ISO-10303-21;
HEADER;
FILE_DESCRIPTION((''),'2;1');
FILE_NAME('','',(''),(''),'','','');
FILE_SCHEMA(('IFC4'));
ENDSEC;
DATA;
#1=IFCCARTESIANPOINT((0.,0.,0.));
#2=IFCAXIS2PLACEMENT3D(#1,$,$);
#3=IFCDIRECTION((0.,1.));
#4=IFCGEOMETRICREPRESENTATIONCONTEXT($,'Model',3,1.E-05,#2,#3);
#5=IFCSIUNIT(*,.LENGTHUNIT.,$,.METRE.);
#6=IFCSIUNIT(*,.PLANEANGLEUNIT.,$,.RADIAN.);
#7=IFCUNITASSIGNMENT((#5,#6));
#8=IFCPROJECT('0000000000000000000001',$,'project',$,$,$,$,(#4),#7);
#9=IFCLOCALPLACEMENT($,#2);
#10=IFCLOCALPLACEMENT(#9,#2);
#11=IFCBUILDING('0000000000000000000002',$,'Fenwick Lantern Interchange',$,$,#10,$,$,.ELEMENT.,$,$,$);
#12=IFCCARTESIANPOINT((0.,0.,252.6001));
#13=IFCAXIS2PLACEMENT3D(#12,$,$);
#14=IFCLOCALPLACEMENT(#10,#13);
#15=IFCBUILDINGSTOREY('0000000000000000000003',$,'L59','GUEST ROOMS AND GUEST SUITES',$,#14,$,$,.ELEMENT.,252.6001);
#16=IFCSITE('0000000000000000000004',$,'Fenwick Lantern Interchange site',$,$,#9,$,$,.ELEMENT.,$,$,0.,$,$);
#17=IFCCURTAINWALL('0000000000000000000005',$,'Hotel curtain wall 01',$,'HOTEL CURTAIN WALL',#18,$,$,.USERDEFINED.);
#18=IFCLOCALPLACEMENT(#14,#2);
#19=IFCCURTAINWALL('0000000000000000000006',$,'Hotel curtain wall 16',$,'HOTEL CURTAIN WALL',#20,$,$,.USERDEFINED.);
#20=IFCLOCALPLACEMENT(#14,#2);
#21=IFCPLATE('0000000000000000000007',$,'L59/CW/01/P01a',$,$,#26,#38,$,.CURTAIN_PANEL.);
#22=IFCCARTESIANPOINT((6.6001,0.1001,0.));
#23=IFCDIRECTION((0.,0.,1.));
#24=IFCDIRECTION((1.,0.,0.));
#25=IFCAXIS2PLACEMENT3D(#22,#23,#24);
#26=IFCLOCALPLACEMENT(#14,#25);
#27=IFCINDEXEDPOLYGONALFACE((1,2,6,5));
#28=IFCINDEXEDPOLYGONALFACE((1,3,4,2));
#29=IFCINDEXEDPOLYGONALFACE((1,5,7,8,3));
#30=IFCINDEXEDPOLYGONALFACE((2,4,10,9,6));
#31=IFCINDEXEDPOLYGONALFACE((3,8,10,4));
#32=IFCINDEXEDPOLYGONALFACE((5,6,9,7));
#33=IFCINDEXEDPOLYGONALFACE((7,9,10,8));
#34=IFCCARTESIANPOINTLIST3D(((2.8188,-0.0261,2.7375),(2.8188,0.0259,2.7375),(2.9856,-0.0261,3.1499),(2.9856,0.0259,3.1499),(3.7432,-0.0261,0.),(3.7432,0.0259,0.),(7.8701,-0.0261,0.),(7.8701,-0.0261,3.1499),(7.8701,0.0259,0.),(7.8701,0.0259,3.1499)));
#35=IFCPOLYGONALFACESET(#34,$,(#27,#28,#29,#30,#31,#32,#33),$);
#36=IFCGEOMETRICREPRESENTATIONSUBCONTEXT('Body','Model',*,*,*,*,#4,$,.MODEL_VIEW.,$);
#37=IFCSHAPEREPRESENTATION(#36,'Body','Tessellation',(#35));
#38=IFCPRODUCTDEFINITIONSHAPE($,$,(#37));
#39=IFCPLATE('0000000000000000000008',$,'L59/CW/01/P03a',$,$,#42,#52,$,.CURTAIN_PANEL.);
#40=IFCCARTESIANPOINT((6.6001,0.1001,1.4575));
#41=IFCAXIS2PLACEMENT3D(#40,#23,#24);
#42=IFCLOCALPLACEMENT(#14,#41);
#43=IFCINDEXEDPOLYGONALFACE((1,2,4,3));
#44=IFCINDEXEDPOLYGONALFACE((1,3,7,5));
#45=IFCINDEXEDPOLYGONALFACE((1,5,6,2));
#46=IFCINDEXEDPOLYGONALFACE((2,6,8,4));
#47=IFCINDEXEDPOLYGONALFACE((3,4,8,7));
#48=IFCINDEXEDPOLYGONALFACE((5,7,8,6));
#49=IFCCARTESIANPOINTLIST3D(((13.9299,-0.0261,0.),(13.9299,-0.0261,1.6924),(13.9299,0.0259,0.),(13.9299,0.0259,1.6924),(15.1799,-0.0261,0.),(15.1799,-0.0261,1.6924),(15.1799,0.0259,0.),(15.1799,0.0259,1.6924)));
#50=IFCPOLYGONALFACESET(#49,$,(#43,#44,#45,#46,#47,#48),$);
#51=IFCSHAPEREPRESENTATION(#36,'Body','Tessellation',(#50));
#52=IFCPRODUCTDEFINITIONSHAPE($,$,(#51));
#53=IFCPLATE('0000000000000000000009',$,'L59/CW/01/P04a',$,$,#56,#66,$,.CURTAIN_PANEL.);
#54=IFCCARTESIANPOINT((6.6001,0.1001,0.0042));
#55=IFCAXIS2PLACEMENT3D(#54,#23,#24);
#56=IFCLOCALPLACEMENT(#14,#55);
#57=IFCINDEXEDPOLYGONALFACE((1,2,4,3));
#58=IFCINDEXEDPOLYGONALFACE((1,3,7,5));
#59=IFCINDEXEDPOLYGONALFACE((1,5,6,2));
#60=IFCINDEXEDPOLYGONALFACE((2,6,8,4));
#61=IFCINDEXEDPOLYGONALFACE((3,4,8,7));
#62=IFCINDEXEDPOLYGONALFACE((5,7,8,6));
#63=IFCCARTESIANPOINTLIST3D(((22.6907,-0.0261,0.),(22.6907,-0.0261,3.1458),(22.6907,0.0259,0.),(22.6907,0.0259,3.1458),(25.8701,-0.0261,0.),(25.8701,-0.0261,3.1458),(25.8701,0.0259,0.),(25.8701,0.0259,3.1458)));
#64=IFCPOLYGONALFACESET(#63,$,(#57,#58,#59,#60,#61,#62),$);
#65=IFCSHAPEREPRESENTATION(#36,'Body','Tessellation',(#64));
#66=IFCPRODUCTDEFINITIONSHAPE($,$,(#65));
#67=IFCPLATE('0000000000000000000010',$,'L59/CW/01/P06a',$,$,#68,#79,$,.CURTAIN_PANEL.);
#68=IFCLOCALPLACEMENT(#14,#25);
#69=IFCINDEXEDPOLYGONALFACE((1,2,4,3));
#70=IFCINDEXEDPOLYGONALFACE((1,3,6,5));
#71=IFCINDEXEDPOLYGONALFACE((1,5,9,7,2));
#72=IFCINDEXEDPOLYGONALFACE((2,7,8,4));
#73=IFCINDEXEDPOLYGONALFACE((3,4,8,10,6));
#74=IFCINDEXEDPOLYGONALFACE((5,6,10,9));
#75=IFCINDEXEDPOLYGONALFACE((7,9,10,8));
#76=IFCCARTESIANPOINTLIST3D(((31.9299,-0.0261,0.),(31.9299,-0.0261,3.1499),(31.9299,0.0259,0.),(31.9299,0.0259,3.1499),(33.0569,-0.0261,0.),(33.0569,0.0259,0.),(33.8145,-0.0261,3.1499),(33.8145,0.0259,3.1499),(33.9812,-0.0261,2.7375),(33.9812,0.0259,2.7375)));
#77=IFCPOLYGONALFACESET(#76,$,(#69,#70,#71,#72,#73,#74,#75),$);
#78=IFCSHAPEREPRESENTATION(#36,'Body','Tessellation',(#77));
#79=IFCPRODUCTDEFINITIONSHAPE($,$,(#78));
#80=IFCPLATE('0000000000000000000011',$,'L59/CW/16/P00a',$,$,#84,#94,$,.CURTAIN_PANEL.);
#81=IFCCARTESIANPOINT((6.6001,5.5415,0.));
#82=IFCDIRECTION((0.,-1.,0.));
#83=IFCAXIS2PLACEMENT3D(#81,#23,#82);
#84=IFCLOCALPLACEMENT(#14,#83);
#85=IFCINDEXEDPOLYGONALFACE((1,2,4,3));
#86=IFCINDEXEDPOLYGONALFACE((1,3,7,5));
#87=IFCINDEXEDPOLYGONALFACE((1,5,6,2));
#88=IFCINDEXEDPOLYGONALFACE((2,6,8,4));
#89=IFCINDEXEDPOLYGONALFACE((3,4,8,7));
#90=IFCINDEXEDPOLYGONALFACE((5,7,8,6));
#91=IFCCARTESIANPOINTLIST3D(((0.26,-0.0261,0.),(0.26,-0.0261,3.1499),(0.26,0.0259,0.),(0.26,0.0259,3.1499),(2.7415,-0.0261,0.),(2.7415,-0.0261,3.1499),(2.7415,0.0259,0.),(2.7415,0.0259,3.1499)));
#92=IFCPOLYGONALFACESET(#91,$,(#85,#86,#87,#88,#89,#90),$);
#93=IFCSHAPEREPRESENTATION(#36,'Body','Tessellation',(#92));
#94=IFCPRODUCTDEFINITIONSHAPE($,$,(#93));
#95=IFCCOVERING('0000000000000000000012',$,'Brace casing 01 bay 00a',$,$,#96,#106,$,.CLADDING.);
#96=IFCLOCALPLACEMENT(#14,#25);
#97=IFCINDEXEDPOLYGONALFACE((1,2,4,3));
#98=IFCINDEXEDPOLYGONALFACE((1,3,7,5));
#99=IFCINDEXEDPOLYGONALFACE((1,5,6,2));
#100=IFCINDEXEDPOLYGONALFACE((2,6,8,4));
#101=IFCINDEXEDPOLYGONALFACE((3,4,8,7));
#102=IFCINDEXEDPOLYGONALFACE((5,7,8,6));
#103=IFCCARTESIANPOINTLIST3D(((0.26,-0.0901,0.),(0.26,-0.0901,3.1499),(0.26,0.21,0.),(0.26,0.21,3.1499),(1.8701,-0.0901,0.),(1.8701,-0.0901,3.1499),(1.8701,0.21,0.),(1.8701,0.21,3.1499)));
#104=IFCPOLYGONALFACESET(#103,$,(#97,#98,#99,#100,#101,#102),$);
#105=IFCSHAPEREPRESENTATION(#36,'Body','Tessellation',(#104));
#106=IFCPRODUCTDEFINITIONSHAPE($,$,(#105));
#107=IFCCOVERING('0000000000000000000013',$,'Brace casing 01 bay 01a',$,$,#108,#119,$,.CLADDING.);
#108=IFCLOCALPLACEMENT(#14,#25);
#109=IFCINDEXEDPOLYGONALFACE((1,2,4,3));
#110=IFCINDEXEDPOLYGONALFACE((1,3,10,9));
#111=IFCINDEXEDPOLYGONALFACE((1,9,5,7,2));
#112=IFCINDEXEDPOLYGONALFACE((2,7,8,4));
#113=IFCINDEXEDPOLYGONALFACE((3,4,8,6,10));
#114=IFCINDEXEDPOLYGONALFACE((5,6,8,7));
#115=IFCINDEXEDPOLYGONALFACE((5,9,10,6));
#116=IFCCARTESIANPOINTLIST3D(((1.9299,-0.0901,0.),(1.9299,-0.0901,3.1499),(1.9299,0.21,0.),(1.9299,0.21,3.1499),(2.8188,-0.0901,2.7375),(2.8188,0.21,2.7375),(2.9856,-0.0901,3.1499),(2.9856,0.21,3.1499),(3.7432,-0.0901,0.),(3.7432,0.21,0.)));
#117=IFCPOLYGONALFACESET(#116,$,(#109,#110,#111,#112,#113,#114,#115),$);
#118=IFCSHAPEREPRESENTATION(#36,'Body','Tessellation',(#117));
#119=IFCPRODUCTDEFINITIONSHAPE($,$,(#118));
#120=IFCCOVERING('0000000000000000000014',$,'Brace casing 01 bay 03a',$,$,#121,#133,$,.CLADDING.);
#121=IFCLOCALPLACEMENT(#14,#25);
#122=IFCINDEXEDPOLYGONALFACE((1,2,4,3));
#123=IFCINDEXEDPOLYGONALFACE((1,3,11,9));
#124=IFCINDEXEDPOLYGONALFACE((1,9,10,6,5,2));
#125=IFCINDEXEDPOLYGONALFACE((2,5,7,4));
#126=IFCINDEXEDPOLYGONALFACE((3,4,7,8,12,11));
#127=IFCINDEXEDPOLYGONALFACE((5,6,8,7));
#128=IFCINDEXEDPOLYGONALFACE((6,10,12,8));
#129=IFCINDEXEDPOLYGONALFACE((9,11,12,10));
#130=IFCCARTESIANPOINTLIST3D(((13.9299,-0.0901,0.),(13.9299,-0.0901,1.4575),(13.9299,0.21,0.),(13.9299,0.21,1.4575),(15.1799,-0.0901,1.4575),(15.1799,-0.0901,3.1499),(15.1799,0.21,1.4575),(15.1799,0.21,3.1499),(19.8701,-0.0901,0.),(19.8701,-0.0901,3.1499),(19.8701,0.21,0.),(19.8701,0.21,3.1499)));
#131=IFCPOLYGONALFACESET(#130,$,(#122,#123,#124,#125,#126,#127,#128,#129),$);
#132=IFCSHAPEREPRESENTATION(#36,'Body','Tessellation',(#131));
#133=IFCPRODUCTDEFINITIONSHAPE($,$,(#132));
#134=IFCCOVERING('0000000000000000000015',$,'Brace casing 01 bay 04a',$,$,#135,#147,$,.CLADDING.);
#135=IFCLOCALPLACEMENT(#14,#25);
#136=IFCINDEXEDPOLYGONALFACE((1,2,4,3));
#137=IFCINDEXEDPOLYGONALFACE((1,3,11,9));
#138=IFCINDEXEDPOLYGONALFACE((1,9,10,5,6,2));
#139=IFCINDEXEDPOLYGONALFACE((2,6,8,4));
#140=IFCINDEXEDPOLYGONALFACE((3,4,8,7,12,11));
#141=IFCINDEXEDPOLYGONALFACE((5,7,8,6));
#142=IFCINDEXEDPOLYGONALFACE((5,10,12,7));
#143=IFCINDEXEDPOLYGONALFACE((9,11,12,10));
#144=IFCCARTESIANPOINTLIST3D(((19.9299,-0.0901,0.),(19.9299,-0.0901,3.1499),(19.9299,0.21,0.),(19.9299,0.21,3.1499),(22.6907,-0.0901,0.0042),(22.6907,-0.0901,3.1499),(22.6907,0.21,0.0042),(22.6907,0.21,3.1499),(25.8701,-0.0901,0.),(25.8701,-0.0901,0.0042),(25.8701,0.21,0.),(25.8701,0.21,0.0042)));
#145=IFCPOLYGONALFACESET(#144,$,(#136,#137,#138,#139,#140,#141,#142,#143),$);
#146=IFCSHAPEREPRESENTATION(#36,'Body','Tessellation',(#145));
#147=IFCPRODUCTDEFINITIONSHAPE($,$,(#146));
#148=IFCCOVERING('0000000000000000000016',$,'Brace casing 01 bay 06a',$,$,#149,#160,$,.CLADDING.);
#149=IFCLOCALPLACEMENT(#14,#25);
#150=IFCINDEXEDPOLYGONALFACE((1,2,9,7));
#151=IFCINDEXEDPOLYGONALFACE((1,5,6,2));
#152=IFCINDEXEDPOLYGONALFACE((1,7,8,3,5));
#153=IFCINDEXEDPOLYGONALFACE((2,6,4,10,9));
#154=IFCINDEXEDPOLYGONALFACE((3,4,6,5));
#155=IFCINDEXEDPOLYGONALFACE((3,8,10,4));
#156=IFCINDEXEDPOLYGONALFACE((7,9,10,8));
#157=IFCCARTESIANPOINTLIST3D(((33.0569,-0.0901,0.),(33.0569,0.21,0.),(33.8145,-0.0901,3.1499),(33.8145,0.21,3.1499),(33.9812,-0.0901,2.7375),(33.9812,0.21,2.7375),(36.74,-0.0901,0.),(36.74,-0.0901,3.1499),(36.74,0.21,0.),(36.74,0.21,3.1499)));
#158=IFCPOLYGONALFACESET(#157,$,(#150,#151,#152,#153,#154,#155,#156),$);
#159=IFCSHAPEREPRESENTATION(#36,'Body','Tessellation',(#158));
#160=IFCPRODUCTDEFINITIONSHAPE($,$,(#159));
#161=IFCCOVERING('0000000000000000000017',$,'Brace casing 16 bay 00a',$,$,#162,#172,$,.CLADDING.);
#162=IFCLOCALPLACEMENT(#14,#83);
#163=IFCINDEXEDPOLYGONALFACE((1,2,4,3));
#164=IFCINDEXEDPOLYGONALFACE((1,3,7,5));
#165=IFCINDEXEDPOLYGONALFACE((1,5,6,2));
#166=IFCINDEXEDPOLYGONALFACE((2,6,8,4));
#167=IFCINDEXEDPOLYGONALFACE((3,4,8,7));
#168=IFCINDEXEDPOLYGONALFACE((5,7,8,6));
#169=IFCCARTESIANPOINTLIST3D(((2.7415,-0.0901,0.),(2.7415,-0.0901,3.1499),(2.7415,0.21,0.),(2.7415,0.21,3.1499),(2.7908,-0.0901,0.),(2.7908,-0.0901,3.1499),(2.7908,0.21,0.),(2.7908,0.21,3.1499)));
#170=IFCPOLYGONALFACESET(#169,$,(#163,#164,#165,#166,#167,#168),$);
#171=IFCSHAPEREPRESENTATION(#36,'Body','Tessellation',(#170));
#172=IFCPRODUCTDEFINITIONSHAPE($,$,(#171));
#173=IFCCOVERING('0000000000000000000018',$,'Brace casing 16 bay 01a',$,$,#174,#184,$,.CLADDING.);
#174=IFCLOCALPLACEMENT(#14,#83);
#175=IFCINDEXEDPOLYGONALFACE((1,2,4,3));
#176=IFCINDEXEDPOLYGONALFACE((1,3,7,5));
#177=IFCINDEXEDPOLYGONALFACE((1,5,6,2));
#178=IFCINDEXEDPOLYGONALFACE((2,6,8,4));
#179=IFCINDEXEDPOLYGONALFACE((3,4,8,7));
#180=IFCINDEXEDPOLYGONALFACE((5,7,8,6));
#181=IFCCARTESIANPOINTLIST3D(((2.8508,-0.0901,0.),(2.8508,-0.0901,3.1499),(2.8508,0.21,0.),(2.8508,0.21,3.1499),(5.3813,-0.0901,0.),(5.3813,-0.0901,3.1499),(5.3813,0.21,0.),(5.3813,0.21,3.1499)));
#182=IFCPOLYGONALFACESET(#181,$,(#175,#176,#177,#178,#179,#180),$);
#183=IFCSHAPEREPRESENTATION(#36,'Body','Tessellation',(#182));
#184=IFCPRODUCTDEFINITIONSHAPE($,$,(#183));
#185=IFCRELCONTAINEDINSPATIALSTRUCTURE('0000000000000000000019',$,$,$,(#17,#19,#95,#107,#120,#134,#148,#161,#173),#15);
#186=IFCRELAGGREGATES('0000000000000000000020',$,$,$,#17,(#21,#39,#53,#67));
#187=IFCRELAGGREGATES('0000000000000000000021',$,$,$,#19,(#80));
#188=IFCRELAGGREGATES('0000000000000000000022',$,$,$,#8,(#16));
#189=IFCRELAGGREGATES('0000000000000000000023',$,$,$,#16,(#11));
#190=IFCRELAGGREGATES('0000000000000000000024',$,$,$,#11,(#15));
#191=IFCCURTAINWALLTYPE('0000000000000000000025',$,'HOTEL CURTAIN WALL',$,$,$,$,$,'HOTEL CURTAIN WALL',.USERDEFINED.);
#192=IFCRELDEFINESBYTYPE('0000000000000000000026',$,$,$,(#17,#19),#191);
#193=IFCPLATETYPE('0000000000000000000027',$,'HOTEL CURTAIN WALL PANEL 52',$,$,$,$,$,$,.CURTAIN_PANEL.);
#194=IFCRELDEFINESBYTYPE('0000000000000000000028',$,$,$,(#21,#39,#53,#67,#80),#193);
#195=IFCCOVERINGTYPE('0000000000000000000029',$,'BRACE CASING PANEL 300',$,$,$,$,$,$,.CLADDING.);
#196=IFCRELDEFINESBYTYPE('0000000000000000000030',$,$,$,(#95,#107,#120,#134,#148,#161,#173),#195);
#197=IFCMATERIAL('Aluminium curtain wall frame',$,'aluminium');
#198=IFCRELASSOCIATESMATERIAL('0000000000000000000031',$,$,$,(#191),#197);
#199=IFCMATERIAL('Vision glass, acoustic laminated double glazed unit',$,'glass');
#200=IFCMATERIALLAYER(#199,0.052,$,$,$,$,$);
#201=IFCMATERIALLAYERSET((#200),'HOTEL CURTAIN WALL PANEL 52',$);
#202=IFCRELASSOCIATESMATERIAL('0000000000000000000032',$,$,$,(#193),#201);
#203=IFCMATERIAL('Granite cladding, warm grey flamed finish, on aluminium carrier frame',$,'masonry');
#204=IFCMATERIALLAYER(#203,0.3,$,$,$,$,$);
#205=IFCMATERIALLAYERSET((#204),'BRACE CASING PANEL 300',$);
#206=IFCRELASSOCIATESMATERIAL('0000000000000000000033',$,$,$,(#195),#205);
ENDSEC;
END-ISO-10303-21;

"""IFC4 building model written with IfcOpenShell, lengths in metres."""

from ifc_helpers import new_model, si_unit, direction, frame, origin, place, context, subcontext, project, spatial, polyline, outline, extrude, material, layer, layer_set, type_object, element, aggregate, save


model = new_model("IFC4")

# Units and contexts
model_context = context("Model", 3, precision=1e-05, world=origin(), true_north=direction((0.0, 1.0)))
body_context = subcontext(model_context, "Body", "Model", "MODEL_VIEW")
ifc_project = project(units=[si_unit("LENGTHUNIT", "METRE"), si_unit("PLANEANGLEUNIT", "RADIAN")], contexts=[model_context])

# Site, building, storey
site_placement = place(None, origin())
site = spatial("IfcSite", under=ifc_project, at=site_placement, Name="Fenwick Lantern Interchange site", CompositionType="ELEMENT", RefElevation=0.0)
building_placement = place(site_placement, origin())
building = spatial("IfcBuilding", under=site, at=building_placement, Name="Fenwick Lantern Interchange", CompositionType="ELEMENT")
storey_placement = place(building_placement, frame((0.0, 0.0, 252.6001)))
storey = spatial("IfcBuildingStorey", under=building, at=storey_placement, Name="L59", Description="GUEST ROOMS AND GUEST SUITES", CompositionType="ELEMENT", Elevation=252.6001)

# Curtain wall
ifc_material_1 = material(Name="Aluminium curtain wall frame", Category="aluminium")
curtain_wall_type = type_object("IfcCurtainWallType", Name="HOTEL CURTAIN WALL", ElementType="HOTEL CURTAIN WALL", PredefinedType="USERDEFINED", material=ifc_material_1)
curtain_wall_1_placement = place(storey_placement, origin())
curtain_wall_1 = element("IfcCurtainWall", 1, at=curtain_wall_1_placement, inside=storey, type_object=curtain_wall_type, Name="Hotel curtain wall 01", ObjectType="HOTEL CURTAIN WALL", PredefinedType="USERDEFINED")

# Curtain wall
curtain_wall_2_placement = place(storey_placement, origin())
curtain_wall_2 = element("IfcCurtainWall", 2, at=curtain_wall_2_placement, inside=storey, type_object=curtain_wall_type, Name="Hotel curtain wall 16", ObjectType="HOTEL CURTAIN WALL", PredefinedType="USERDEFINED")

# Plates
ifc_material_2 = material(Name="Vision glass, acoustic laminated double glazed unit", Category="glass")
ifc_layer_1 = layer(ifc_material_2, 0.052)
ifc_layer_set_1 = layer_set([ifc_layer_1], Name="HOTEL CURTAIN WALL PANEL 52")
plate_type = type_object("IfcPlateType", Name="HOTEL CURTAIN WALL PANEL 52", PredefinedType="CURTAIN_PANEL", material=ifc_layer_set_1)
plate_1_placement = place(storey_placement, frame((6.6001, 0.1001, 0.0), z_axis=(0.0, 0.0, 1.0), x_axis=(1.0, 0.0, 0.0)))
plate_1 = element("IfcPlate", 3, at=plate_1_placement, type_object=plate_type, Name="L59/CW/01/P01a", PredefinedType="CURTAIN_PANEL", context=body_context, shape_type="SweptSolid", body=[
    extrude(outline(polyline([(3.7432, 0.0), (7.8701, 0.0), (7.8701, 3.1499), (2.9856, 3.1499), (2.8188, 2.7375), (3.7432, 0.0)])), frame((0.0, 0.0259, 0.0), z_axis=(0.0, -1.0, 0.0), x_axis=(1.0, 0.0, 0.0)), (0.0, 0.0, 1.0), 0.052),
])
plate_2_placement = place(storey_placement, frame((6.6001, 0.1001, 1.4575), z_axis=(0.0, 0.0, 1.0), x_axis=(1.0, 0.0, 0.0)))
plate_2 = element("IfcPlate", 4, at=plate_2_placement, type_object=plate_type, Name="L59/CW/01/P03a", PredefinedType="CURTAIN_PANEL", context=body_context, shape_type="SweptSolid", body=[
    extrude(outline(polyline([(13.9299, 0.0), (15.1799, 0.0), (15.1799, 1.6924), (13.9299, 1.6924), (13.9299, 0.0)])), frame((0.0, 0.0259, 0.0), z_axis=(0.0, -1.0, 0.0), x_axis=(1.0, 0.0, 0.0)), (0.0, 0.0, 1.0), 0.052),
])
plate_3_placement = place(storey_placement, frame((6.6001, 0.1001, 0.0042), z_axis=(0.0, 0.0, 1.0), x_axis=(1.0, 0.0, 0.0)))
plate_3 = element("IfcPlate", 5, at=plate_3_placement, type_object=plate_type, Name="L59/CW/01/P04a", PredefinedType="CURTAIN_PANEL", context=body_context, shape_type="SweptSolid", body=[
    extrude(outline(polyline([(22.6907, 0.0), (25.8701, 0.0), (25.8701, 3.1458), (22.6907, 3.1458), (22.6907, 0.0)])), frame((0.0, 0.0259, 0.0), z_axis=(0.0, -1.0, 0.0), x_axis=(1.0, 0.0, 0.0)), (0.0, 0.0, 1.0), 0.052),
])
plate_4_placement = place(storey_placement, frame((6.6001, 0.1001, 0.0), z_axis=(0.0, 0.0, 1.0), x_axis=(1.0, 0.0, 0.0)))
plate_4 = element("IfcPlate", 6, at=plate_4_placement, type_object=plate_type, Name="L59/CW/01/P06a", PredefinedType="CURTAIN_PANEL", context=body_context, shape_type="SweptSolid", body=[
    extrude(outline(polyline([(31.9299, 0.0), (33.0569, 0.0), (33.9812, 2.7375), (33.8145, 3.1499), (31.9299, 3.1499), (31.9299, 0.0)])), frame((0.0, 0.0259, 0.0), z_axis=(0.0, -1.0, 0.0), x_axis=(1.0, 0.0, 0.0)), (0.0, 0.0, 1.0), 0.052),
])
aggregate(curtain_wall_1, [plate_1, plate_2, plate_3, plate_4])
plate_5_placement = place(storey_placement, frame((6.6001, 5.5415, 0.0), z_axis=(0.0, 0.0, 1.0), x_axis=(0.0, -1.0, 0.0)))
plate_5 = element("IfcPlate", 7, at=plate_5_placement, type_object=plate_type, Name="L59/CW/16/P00a", PredefinedType="CURTAIN_PANEL", context=body_context, shape_type="SweptSolid", body=[
    extrude(outline(polyline([(0.26, 0.0), (2.7415, 0.0), (2.7415, 3.1499), (0.26, 3.1499), (0.26, 0.0)])), frame((0.0, 0.0259, 0.0), z_axis=(0.0, -1.0, 0.0), x_axis=(1.0, 0.0, 0.0)), (0.0, 0.0, 1.0), 0.052),
])
aggregate(curtain_wall_2, [plate_5])

# Coverings
ifc_material_3 = material(Name="Granite cladding, warm grey flamed finish, on aluminium carrier frame", Category="masonry")
ifc_layer_2 = layer(ifc_material_3, 0.3)
ifc_layer_set_2 = layer_set([ifc_layer_2], Name="BRACE CASING PANEL 300")
covering_type_1 = type_object("IfcCoveringType", Name="BRACE CASING PANEL 300", PredefinedType="CLADDING", material=ifc_layer_set_2)
covering_1_placement = place(storey_placement, frame((6.6001, 0.1001, 0.0), z_axis=(0.0, 0.0, 1.0), x_axis=(1.0, 0.0, 0.0)))
element("IfcCovering", 8, at=covering_1_placement, inside=storey, type_object=covering_type_1, Name="Brace casing 01 bay 00a", PredefinedType="CLADDING", context=body_context, shape_type="SweptSolid", body=[
    extrude(outline(polyline([(0.26, 0.0), (1.8701, 0.0), (1.8701, 3.1499), (0.26, 3.1499), (0.26, 0.0)])), frame((0.0, 0.21, 0.0), z_axis=(0.0, -1.0, 0.0), x_axis=(1.0, 0.0, 0.0)), (0.0, 0.0, 1.0), 0.3),
])
covering_2_placement = place(storey_placement, frame((6.6001, 0.1001, 0.0), z_axis=(0.0, 0.0, 1.0), x_axis=(1.0, 0.0, 0.0)))
element("IfcCovering", 9, at=covering_2_placement, inside=storey, type_object=covering_type_1, Name="Brace casing 01 bay 01a", PredefinedType="CLADDING", context=body_context, shape_type="SweptSolid", body=[
    extrude(outline(polyline([(1.9299, 0.0), (3.7432, 0.0), (2.8188, 2.7375), (2.9856, 3.1499), (1.9299, 3.1499), (1.9299, 0.0)])), frame((0.0, 0.21, 0.0), z_axis=(0.0, -1.0, 0.0), x_axis=(1.0, 0.0, 0.0)), (0.0, 0.0, 1.0), 0.3),
])
covering_3_placement = place(storey_placement, frame((6.6001, 0.1001, 0.0), z_axis=(0.0, 0.0, 1.0), x_axis=(1.0, 0.0, 0.0)))
element("IfcCovering", 10, at=covering_3_placement, inside=storey, type_object=covering_type_1, Name="Brace casing 01 bay 03a", PredefinedType="CLADDING", context=body_context, shape_type="SweptSolid", body=[
    extrude(outline(polyline([(13.9299, 0.0), (19.8701, 0.0), (19.8701, 3.1499), (15.1799, 3.1499), (15.1799, 1.4575), (13.9299, 1.4575), (13.9299, 0.0)])), frame((0.0, 0.21, 0.0), z_axis=(0.0, -1.0, 0.0), x_axis=(1.0, 0.0, 0.0)), (0.0, 0.0, 1.0), 0.3),
])
covering_4_placement = place(storey_placement, frame((6.6001, 0.1001, 0.0), z_axis=(0.0, 0.0, 1.0), x_axis=(1.0, 0.0, 0.0)))
element("IfcCovering", 11, at=covering_4_placement, inside=storey, type_object=covering_type_1, Name="Brace casing 01 bay 04a", PredefinedType="CLADDING", context=body_context, shape_type="SweptSolid", body=[
    extrude(outline(polyline([(19.9299, 0.0), (25.8701, 0.0), (25.8701, 0.0042), (22.6907, 0.0042), (22.6907, 3.1499), (19.9299, 3.1499), (19.9299, 0.0)])), frame((0.0, 0.21, 0.0), z_axis=(0.0, -1.0, 0.0), x_axis=(1.0, 0.0, 0.0)), (0.0, 0.0, 1.0), 0.3),
])
covering_5_placement = place(storey_placement, frame((6.6001, 0.1001, 0.0), z_axis=(0.0, 0.0, 1.0), x_axis=(1.0, 0.0, 0.0)))
element("IfcCovering", 12, at=covering_5_placement, inside=storey, type_object=covering_type_1, Name="Brace casing 01 bay 06a", PredefinedType="CLADDING", context=body_context, shape_type="SweptSolid", body=[
    extrude(outline(polyline([(33.0569, 0.0), (36.74, 0.0), (36.74, 3.1499), (33.8145, 3.1499), (33.9812, 2.7375), (33.0569, 0.0)])), frame((0.0, 0.21, 0.0), z_axis=(0.0, -1.0, 0.0), x_axis=(1.0, 0.0, 0.0)), (0.0, 0.0, 1.0), 0.3),
])
covering_6_placement = place(storey_placement, frame((6.6001, 5.5415, 0.0), z_axis=(0.0, 0.0, 1.0), x_axis=(0.0, -1.0, 0.0)))
element("IfcCovering", 13, at=covering_6_placement, inside=storey, type_object=covering_type_1, Name="Brace casing 16 bay 00a", PredefinedType="CLADDING", context=body_context, shape_type="SweptSolid", body=[
    extrude(outline(polyline([(2.7415, 0.0), (2.7908, 0.0), (2.7908, 3.1499), (2.7415, 3.1499), (2.7415, 0.0)])), frame((0.0, 0.21, 0.0), z_axis=(0.0, -1.0, 0.0), x_axis=(1.0, 0.0, 0.0)), (0.0, 0.0, 1.0), 0.3),
])
covering_7_placement = place(storey_placement, frame((6.6001, 5.5415, 0.0), z_axis=(0.0, 0.0, 1.0), x_axis=(0.0, -1.0, 0.0)))
element("IfcCovering", 14, at=covering_7_placement, inside=storey, type_object=covering_type_1, Name="Brace casing 16 bay 01a", PredefinedType="CLADDING", context=body_context, shape_type="SweptSolid", body=[
    extrude(outline(polyline([(2.8508, 0.0), (5.3813, 0.0), (5.3813, 3.1499), (2.8508, 3.1499), (2.8508, 0.0)])), frame((0.0, 0.21, 0.0), z_axis=(0.0, -1.0, 0.0), x_axis=(1.0, 0.0, 0.0)), (0.0, 0.0, 1.0), 0.3),
])

save(model, "model.ifc")
